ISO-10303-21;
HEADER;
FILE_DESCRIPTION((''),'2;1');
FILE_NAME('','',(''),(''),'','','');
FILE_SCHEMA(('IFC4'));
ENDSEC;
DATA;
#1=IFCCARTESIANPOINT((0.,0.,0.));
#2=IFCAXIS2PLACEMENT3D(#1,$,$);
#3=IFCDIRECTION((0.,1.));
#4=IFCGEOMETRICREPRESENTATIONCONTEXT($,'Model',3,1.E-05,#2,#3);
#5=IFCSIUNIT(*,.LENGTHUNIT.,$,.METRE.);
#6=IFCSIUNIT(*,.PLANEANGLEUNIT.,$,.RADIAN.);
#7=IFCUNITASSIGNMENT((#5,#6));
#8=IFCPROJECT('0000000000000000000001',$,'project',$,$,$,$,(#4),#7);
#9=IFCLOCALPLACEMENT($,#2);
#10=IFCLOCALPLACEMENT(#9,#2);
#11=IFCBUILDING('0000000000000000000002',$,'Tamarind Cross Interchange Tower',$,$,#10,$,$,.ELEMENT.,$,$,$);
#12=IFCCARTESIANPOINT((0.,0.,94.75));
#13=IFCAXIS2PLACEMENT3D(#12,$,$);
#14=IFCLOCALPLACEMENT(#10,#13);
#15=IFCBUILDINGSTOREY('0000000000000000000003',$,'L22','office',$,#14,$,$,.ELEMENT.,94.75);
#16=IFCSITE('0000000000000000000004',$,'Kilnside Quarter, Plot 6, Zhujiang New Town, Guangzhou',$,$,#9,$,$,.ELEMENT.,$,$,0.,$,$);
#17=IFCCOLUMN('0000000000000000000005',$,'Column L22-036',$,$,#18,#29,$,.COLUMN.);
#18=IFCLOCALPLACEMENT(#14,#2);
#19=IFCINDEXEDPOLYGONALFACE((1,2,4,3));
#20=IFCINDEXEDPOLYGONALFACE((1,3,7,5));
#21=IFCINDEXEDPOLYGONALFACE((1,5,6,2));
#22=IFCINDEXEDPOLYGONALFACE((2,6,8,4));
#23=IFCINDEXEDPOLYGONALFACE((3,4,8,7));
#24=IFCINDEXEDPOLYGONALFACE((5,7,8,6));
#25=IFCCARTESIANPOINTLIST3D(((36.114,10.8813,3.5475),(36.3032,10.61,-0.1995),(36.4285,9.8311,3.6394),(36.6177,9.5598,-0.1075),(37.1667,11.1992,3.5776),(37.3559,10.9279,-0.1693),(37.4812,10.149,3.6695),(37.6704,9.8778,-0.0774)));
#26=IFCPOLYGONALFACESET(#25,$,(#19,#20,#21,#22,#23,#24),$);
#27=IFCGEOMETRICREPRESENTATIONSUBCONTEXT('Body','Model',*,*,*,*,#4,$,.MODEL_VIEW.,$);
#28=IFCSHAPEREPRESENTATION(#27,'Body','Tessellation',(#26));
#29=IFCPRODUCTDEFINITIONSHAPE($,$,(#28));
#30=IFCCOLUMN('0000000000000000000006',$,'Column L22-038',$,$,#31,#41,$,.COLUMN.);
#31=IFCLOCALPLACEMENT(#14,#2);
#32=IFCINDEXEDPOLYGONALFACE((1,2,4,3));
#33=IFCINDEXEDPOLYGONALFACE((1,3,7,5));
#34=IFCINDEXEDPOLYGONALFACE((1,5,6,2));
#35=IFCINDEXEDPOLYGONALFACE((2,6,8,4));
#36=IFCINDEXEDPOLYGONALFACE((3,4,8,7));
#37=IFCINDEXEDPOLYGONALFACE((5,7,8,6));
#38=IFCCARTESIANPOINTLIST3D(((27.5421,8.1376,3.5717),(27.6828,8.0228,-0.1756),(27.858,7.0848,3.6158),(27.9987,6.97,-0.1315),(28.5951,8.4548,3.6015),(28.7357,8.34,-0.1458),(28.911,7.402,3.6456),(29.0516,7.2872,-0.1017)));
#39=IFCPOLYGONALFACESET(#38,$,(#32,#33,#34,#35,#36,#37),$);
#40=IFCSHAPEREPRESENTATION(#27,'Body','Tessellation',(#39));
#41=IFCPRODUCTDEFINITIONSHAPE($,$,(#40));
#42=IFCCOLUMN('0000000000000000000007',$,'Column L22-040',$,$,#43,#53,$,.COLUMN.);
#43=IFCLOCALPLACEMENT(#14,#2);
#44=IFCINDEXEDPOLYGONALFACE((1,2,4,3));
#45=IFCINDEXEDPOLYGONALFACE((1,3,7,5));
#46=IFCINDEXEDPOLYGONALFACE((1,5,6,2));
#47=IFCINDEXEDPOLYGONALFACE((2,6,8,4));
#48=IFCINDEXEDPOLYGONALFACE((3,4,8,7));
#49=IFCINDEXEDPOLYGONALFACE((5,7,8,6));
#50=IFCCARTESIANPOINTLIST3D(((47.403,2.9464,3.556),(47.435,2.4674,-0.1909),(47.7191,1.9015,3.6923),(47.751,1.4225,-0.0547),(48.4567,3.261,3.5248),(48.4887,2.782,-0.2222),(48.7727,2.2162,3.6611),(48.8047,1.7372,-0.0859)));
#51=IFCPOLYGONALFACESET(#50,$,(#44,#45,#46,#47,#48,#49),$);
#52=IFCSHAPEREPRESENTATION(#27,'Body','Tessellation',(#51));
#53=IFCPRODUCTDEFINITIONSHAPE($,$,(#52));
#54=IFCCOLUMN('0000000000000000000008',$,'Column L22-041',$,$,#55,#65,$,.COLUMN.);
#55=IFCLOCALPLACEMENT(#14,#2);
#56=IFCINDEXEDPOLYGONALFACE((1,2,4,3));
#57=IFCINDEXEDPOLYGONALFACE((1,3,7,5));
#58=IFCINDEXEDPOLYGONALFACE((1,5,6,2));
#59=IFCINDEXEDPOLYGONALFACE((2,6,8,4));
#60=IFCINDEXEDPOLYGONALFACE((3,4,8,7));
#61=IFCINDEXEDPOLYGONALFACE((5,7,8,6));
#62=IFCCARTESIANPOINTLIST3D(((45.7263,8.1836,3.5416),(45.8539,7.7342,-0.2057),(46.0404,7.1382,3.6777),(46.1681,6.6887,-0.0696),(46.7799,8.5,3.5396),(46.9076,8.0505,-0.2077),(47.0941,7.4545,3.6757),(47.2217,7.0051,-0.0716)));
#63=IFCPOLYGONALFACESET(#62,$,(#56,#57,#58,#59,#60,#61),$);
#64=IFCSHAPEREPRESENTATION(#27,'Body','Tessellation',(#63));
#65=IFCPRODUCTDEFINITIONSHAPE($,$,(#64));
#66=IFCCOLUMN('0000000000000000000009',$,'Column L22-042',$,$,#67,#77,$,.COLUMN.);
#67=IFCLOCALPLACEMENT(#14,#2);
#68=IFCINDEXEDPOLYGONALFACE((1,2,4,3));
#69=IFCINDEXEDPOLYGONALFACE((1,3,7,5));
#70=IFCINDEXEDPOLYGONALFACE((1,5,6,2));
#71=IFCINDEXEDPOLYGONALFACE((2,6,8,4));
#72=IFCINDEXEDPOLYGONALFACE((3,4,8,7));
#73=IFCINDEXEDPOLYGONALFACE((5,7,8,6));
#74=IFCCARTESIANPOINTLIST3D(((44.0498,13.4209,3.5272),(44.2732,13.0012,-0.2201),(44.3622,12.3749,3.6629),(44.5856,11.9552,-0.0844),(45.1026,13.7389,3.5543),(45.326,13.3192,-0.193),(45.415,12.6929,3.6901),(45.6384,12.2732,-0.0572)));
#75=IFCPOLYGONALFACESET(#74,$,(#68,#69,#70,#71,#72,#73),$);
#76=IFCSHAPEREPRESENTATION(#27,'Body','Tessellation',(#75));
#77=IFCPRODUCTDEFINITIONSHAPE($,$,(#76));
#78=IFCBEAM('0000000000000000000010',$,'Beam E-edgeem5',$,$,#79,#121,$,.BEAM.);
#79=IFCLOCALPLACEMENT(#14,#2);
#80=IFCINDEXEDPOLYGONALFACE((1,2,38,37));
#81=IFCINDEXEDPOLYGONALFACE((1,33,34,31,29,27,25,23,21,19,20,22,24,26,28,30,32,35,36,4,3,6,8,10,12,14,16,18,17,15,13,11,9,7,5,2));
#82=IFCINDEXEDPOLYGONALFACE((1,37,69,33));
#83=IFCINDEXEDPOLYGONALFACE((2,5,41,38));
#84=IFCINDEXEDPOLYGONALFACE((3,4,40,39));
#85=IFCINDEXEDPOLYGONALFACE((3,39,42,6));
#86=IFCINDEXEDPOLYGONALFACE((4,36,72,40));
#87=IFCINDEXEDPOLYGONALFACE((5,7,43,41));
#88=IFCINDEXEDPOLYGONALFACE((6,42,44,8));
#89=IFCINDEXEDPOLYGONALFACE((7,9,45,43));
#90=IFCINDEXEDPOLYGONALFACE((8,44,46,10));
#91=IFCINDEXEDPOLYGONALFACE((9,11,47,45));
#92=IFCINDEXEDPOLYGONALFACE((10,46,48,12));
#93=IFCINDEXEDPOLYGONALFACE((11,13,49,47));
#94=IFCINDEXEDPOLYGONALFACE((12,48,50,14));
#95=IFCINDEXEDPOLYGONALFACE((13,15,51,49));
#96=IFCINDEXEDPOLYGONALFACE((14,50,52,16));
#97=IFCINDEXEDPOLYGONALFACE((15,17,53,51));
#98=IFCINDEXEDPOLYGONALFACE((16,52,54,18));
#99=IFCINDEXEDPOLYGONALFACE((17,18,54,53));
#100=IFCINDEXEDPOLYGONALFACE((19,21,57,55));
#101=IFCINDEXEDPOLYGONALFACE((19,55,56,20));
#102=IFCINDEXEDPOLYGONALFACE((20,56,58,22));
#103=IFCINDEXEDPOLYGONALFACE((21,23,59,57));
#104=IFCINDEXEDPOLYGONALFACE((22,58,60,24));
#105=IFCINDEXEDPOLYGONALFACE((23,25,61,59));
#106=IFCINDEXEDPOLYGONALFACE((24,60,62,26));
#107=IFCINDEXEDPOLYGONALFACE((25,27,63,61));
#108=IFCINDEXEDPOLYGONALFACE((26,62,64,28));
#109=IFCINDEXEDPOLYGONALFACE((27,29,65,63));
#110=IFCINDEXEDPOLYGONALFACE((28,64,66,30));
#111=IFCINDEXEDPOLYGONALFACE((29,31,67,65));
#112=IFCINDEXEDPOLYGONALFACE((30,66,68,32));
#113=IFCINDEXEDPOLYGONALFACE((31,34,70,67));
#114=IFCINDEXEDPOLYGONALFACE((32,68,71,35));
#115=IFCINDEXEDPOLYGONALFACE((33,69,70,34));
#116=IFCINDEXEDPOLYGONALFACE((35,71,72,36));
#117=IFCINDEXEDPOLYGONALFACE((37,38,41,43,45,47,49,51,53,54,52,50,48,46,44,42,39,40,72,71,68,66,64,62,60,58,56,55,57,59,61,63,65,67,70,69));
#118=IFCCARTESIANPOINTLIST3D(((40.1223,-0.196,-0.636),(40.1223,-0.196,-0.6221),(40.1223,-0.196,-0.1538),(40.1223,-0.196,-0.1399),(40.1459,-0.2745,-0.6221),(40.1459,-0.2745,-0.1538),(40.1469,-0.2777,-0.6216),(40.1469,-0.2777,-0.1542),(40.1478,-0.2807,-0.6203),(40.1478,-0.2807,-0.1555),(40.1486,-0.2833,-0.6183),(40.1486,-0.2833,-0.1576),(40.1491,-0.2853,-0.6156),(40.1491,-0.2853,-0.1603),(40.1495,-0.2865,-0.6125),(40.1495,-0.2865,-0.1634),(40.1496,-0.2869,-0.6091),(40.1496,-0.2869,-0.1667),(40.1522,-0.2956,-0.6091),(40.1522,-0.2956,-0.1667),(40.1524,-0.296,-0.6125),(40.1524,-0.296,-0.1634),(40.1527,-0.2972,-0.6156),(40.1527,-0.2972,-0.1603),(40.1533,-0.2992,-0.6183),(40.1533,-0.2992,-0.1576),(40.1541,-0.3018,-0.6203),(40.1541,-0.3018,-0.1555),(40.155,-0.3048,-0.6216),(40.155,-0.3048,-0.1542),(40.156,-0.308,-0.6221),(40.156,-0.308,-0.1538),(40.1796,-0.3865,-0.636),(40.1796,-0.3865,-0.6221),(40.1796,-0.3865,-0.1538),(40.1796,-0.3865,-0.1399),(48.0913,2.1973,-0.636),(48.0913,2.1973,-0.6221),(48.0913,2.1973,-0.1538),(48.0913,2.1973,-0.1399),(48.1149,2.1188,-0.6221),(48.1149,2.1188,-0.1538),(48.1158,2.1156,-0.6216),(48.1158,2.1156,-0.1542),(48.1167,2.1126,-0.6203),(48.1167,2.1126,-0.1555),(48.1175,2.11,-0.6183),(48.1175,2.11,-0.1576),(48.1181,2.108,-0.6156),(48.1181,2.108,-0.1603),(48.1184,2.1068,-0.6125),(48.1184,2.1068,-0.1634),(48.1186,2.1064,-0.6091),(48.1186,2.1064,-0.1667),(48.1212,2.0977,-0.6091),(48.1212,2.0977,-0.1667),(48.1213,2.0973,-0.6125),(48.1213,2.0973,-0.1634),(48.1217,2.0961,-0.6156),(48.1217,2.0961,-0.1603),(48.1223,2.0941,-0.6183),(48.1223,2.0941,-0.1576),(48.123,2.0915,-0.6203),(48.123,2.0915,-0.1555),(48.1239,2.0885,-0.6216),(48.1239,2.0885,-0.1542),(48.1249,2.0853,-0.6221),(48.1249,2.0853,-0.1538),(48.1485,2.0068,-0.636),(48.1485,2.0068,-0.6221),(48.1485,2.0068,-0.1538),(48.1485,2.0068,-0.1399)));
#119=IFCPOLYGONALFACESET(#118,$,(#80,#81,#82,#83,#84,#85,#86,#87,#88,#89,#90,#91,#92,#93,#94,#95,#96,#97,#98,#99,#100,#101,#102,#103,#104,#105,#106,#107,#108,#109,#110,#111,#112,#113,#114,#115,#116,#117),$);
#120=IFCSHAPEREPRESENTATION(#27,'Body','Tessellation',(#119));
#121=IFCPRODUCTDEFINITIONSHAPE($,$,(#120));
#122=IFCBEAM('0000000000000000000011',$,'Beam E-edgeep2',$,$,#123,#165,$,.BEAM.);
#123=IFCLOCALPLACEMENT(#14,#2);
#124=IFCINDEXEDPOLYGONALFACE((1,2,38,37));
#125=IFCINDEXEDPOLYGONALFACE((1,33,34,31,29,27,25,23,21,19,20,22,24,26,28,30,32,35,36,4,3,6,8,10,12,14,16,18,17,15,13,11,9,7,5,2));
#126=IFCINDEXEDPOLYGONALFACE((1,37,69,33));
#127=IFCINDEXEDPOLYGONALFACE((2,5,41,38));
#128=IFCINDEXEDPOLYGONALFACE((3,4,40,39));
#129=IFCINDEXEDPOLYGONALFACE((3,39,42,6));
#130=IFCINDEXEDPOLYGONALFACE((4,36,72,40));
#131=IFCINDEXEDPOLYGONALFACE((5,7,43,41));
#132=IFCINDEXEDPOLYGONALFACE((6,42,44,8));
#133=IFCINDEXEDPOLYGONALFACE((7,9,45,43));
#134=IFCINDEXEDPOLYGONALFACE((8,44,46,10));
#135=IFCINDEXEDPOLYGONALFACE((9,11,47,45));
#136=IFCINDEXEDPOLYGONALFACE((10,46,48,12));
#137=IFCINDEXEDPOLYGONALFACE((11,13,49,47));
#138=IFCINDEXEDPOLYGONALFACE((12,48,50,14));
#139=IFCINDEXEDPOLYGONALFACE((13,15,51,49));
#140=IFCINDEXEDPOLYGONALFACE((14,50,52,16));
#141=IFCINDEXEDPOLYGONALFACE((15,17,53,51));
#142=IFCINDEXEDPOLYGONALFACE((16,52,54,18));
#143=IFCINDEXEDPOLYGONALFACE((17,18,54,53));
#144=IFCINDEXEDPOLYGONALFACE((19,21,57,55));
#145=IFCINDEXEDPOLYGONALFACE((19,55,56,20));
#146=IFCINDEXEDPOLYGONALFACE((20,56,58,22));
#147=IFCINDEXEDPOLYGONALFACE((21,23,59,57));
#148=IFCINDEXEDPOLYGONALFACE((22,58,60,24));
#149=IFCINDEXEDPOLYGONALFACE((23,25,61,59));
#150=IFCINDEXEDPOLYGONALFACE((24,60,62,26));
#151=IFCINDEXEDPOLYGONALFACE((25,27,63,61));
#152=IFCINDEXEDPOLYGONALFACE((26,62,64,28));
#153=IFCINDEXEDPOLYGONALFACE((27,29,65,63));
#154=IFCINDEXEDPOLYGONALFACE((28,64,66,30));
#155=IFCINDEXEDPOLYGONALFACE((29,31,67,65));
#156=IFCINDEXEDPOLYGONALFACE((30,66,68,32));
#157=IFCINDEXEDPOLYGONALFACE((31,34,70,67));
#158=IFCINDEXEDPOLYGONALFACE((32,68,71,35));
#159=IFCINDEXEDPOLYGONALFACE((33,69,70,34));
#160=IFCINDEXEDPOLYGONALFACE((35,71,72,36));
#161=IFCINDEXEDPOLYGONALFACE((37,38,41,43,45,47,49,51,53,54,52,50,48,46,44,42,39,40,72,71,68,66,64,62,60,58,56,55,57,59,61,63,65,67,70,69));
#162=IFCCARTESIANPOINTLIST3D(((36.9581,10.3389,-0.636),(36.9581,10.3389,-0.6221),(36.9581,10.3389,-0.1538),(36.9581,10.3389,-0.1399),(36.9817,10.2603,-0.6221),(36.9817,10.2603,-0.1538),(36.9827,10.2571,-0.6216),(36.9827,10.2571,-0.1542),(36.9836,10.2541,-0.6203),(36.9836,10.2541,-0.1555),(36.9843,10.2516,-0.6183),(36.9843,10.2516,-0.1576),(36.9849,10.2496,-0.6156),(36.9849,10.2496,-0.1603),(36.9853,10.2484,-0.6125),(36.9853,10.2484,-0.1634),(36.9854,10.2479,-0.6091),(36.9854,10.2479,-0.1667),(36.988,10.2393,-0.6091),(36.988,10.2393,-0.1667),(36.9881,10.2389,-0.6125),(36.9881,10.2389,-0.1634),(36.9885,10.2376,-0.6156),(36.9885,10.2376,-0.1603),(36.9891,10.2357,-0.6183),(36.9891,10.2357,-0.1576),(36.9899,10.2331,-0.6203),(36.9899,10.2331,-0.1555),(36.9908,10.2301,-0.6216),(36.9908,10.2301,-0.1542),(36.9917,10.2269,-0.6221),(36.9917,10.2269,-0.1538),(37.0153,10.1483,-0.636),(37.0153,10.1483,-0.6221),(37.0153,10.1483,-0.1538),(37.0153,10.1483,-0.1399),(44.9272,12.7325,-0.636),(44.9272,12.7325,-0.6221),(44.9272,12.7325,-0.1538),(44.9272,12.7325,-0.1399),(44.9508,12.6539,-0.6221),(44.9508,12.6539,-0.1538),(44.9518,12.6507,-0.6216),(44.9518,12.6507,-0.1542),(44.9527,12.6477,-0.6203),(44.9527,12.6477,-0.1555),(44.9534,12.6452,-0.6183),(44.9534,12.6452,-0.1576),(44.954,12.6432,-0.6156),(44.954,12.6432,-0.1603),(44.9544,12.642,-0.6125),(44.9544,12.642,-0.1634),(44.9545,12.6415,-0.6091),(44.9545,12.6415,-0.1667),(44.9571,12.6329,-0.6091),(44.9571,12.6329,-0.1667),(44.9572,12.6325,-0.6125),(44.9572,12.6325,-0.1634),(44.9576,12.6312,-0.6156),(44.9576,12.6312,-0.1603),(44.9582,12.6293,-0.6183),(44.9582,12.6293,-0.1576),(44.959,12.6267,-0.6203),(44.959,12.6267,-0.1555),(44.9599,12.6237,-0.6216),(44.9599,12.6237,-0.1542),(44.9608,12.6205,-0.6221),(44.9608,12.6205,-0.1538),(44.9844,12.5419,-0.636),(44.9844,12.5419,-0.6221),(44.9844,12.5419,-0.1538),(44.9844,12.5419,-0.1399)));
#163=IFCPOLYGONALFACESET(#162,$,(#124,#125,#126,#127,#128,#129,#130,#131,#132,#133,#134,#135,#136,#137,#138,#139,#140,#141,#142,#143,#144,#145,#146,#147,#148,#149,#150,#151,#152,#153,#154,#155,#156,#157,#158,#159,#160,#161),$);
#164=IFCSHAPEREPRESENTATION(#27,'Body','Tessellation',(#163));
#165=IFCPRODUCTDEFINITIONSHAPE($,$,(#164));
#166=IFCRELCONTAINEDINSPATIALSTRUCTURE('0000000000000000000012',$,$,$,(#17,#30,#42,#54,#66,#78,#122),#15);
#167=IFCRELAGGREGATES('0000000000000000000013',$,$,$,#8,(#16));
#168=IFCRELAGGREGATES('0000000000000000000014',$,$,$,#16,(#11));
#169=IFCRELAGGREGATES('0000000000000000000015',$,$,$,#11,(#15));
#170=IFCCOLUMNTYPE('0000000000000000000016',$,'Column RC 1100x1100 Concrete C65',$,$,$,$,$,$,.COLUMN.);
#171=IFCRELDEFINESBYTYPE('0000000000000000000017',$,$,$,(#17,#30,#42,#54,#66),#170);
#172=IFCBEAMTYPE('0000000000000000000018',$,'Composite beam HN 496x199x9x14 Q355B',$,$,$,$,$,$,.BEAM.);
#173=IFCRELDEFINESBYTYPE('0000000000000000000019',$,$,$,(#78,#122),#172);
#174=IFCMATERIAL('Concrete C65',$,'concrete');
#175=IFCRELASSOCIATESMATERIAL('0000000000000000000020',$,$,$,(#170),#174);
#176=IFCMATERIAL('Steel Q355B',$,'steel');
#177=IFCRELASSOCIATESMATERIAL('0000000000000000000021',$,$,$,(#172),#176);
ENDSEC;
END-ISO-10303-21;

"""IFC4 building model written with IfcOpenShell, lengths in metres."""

from ifc_helpers import new_model, si_unit, direction, frame, origin, origin_2d, place, context, subcontext, project, spatial, rectangle, i_section, extrude, material, material_profile, profile_set, type_object, element, save


model = new_model("IFC4")

# Units and contexts
model_context = context("Model", 3, precision=1e-05, world=origin(), true_north=direction((0.0, 1.0)))
body_context = subcontext(model_context, "Body", "Model", "MODEL_VIEW")
ifc_project = project(units=[si_unit("LENGTHUNIT", "METRE"), si_unit("PLANEANGLEUNIT", "RADIAN")], contexts=[model_context])

# Site, building, storey
site_placement = place(None, origin())
site = spatial("IfcSite", under=ifc_project, at=site_placement, Name="Kilnside Quarter, Plot 6, Zhujiang New Town, Guangzhou", CompositionType="ELEMENT", RefElevation=0.0)
building_placement = place(site_placement, origin())
building = spatial("IfcBuilding", under=site, at=building_placement, Name="Tamarind Cross Interchange Tower", CompositionType="ELEMENT")
storey_placement = place(building_placement, frame((0.0, 0.0, 94.75)))
storey = spatial("IfcBuildingStorey", under=building, at=storey_placement, Name="L22", Description="office", CompositionType="ELEMENT", Elevation=94.75)

# Columns
ifc_material_1 = material(Name="Concrete C65", Category="concrete")
ifc_material_profile_1 = material_profile(ifc_material_1, rectangle(XDim=1.1001, YDim=1.1001, at=origin_2d()), Name="RC 1100x1100")
ifc_profile_set_1 = profile_set([ifc_material_profile_1], Name="Concrete C65")
column_type = type_object("IfcColumnType", Name="Column RC 1100x1100 Concrete C65", PredefinedType="COLUMN", material=ifc_profile_set_1)
column_1_placement = place(storey_placement, frame((36.9868, 10.2439, -0.1384), z_axis=(-0.050303, 0.072112, 0.996127), x_axis=(0.285917, -0.954606, 0.083544)))
element("IfcColumn", 1, at=column_1_placement, inside=storey, type_object=column_type, Name="Column L22-036", PredefinedType="COLUMN", context=body_context, shape_type="SweptSolid", body=[
    extrude(rectangle(XDim=1.1001, YDim=1.1001, at=origin_2d()), origin(), (0.0, 0.0, 1.0), 3.7615),
])
column_2_placement = place(storey_placement, frame((28.3672, 7.655, -0.1387), z_axis=(-0.037483, 0.030585, 0.998829), x_axis=(0.287171, -0.95704, 0.040082)))
element("IfcColumn", 2, at=column_2_placement, inside=storey, type_object=column_type, Name="Column L22-038", PredefinedType="COLUMN", context=body_context, shape_type="SweptSolid", body=[
    extrude(rectangle(XDim=1.1001, YDim=1.1001, at=origin_2d()), origin(), (0.0, 0.0, 1.0), 3.7517),
])
column_3_placement = place(storey_placement, frame((48.1199, 2.1023, -0.1384), z_axis=(-0.008466, 0.126798, 0.991892), x_axis=(-0.957811, -0.285992, 0.028384)))
element("IfcColumn", 3, at=column_3_placement, inside=storey, type_object=column_type, Name="Column L22-040", PredefinedType="COLUMN", context=body_context, shape_type="SweptSolid", body=[
    extrude(rectangle(XDim=1.1001, YDim=1.1001, at=origin_2d()), origin(), (0.0, 0.0, 1.0), 3.7776),
])
column_4_placement = place(storey_placement, frame((46.5378, 7.3696, -0.1387), z_axis=(-0.033812, 0.119021, 0.992316), x_axis=(-0.957756, -0.287576, 0.001858)))
element("IfcColumn", 4, at=column_4_placement, inside=storey, type_object=column_type, Name="Column L22-041", PredefinedType="COLUMN", context=body_context, shape_type="SweptSolid", body=[
    extrude(rectangle(XDim=1.1001, YDim=1.1001, at=origin_2d()), origin(), (0.0, 0.0, 1.0), 3.7764),
])
column_5_placement = place(storey_placement, frame((44.9558, 12.6372, -0.1387), z_axis=(-0.059139, 0.111104, 0.992048), x_axis=(0.284009, -0.950845, 0.12342)))
element("IfcColumn", 5, at=column_5_placement, inside=storey, type_object=column_type, Name="Column L22-042", PredefinedType="COLUMN", context=body_context, shape_type="SweptSolid", body=[
    extrude(rectangle(XDim=1.1001, YDim=1.1001, at=origin_2d()), origin(), (0.0, 0.0, 1.0), 3.7773),
])

# Beams
ifc_material_2 = material(Name="Steel Q355B", Category="steel")
ifc_material_profile_2 = material_profile(ifc_material_2, i_section(OverallWidth=0.199, OverallDepth=0.4961, WebThickness=0.009, FlangeThickness=0.0139, FilletRadius=0.0129, at=origin_2d()), Name="HN 496x199x9x14")
ifc_profile_set_2 = profile_set([ifc_material_profile_2], Name="Steel Q355B")
beam_type_1 = type_object("IfcBeamType", Name="Composite beam HN 496x199x9x14 Q355B", PredefinedType="BEAM", material=ifc_profile_set_2)
beam_1_placement = place(storey_placement, frame((48.1199, 2.1021, -0.3879), z_axis=(-0.95774, -0.287636, 0.0), x_axis=(0.287636, -0.95774, 0.0)))
element("IfcBeam", 6, at=beam_1_placement, inside=storey, type_object=beam_type_1, Name="Beam E-edgeem5", PredefinedType="BEAM", context=body_context, shape_type="SweptSolid", body=[
    extrude(i_section(OverallWidth=0.199, OverallDepth=0.4961, WebThickness=0.009, FlangeThickness=0.0139, FilletRadius=0.0129, at=origin_2d()), origin(), (0.0, 0.0, 1.0), 8.3206),
])
beam_2_placement = place(storey_placement, frame((44.9558, 12.6372, -0.3879), z_axis=(-0.957732, -0.287663, 0.0), x_axis=(0.287663, -0.957732, 0.0)))
element("IfcBeam", 7, at=beam_2_placement, inside=storey, type_object=beam_type_1, Name="Beam E-edgeep2", PredefinedType="BEAM", context=body_context, shape_type="SweptSolid", body=[
    extrude(i_section(OverallWidth=0.199, OverallDepth=0.4961, WebThickness=0.009, FlangeThickness=0.0139, FilletRadius=0.0129, at=origin_2d()), origin(), (0.0, 0.0, 1.0), 8.3208),
])

save(model, "model.ifc")
